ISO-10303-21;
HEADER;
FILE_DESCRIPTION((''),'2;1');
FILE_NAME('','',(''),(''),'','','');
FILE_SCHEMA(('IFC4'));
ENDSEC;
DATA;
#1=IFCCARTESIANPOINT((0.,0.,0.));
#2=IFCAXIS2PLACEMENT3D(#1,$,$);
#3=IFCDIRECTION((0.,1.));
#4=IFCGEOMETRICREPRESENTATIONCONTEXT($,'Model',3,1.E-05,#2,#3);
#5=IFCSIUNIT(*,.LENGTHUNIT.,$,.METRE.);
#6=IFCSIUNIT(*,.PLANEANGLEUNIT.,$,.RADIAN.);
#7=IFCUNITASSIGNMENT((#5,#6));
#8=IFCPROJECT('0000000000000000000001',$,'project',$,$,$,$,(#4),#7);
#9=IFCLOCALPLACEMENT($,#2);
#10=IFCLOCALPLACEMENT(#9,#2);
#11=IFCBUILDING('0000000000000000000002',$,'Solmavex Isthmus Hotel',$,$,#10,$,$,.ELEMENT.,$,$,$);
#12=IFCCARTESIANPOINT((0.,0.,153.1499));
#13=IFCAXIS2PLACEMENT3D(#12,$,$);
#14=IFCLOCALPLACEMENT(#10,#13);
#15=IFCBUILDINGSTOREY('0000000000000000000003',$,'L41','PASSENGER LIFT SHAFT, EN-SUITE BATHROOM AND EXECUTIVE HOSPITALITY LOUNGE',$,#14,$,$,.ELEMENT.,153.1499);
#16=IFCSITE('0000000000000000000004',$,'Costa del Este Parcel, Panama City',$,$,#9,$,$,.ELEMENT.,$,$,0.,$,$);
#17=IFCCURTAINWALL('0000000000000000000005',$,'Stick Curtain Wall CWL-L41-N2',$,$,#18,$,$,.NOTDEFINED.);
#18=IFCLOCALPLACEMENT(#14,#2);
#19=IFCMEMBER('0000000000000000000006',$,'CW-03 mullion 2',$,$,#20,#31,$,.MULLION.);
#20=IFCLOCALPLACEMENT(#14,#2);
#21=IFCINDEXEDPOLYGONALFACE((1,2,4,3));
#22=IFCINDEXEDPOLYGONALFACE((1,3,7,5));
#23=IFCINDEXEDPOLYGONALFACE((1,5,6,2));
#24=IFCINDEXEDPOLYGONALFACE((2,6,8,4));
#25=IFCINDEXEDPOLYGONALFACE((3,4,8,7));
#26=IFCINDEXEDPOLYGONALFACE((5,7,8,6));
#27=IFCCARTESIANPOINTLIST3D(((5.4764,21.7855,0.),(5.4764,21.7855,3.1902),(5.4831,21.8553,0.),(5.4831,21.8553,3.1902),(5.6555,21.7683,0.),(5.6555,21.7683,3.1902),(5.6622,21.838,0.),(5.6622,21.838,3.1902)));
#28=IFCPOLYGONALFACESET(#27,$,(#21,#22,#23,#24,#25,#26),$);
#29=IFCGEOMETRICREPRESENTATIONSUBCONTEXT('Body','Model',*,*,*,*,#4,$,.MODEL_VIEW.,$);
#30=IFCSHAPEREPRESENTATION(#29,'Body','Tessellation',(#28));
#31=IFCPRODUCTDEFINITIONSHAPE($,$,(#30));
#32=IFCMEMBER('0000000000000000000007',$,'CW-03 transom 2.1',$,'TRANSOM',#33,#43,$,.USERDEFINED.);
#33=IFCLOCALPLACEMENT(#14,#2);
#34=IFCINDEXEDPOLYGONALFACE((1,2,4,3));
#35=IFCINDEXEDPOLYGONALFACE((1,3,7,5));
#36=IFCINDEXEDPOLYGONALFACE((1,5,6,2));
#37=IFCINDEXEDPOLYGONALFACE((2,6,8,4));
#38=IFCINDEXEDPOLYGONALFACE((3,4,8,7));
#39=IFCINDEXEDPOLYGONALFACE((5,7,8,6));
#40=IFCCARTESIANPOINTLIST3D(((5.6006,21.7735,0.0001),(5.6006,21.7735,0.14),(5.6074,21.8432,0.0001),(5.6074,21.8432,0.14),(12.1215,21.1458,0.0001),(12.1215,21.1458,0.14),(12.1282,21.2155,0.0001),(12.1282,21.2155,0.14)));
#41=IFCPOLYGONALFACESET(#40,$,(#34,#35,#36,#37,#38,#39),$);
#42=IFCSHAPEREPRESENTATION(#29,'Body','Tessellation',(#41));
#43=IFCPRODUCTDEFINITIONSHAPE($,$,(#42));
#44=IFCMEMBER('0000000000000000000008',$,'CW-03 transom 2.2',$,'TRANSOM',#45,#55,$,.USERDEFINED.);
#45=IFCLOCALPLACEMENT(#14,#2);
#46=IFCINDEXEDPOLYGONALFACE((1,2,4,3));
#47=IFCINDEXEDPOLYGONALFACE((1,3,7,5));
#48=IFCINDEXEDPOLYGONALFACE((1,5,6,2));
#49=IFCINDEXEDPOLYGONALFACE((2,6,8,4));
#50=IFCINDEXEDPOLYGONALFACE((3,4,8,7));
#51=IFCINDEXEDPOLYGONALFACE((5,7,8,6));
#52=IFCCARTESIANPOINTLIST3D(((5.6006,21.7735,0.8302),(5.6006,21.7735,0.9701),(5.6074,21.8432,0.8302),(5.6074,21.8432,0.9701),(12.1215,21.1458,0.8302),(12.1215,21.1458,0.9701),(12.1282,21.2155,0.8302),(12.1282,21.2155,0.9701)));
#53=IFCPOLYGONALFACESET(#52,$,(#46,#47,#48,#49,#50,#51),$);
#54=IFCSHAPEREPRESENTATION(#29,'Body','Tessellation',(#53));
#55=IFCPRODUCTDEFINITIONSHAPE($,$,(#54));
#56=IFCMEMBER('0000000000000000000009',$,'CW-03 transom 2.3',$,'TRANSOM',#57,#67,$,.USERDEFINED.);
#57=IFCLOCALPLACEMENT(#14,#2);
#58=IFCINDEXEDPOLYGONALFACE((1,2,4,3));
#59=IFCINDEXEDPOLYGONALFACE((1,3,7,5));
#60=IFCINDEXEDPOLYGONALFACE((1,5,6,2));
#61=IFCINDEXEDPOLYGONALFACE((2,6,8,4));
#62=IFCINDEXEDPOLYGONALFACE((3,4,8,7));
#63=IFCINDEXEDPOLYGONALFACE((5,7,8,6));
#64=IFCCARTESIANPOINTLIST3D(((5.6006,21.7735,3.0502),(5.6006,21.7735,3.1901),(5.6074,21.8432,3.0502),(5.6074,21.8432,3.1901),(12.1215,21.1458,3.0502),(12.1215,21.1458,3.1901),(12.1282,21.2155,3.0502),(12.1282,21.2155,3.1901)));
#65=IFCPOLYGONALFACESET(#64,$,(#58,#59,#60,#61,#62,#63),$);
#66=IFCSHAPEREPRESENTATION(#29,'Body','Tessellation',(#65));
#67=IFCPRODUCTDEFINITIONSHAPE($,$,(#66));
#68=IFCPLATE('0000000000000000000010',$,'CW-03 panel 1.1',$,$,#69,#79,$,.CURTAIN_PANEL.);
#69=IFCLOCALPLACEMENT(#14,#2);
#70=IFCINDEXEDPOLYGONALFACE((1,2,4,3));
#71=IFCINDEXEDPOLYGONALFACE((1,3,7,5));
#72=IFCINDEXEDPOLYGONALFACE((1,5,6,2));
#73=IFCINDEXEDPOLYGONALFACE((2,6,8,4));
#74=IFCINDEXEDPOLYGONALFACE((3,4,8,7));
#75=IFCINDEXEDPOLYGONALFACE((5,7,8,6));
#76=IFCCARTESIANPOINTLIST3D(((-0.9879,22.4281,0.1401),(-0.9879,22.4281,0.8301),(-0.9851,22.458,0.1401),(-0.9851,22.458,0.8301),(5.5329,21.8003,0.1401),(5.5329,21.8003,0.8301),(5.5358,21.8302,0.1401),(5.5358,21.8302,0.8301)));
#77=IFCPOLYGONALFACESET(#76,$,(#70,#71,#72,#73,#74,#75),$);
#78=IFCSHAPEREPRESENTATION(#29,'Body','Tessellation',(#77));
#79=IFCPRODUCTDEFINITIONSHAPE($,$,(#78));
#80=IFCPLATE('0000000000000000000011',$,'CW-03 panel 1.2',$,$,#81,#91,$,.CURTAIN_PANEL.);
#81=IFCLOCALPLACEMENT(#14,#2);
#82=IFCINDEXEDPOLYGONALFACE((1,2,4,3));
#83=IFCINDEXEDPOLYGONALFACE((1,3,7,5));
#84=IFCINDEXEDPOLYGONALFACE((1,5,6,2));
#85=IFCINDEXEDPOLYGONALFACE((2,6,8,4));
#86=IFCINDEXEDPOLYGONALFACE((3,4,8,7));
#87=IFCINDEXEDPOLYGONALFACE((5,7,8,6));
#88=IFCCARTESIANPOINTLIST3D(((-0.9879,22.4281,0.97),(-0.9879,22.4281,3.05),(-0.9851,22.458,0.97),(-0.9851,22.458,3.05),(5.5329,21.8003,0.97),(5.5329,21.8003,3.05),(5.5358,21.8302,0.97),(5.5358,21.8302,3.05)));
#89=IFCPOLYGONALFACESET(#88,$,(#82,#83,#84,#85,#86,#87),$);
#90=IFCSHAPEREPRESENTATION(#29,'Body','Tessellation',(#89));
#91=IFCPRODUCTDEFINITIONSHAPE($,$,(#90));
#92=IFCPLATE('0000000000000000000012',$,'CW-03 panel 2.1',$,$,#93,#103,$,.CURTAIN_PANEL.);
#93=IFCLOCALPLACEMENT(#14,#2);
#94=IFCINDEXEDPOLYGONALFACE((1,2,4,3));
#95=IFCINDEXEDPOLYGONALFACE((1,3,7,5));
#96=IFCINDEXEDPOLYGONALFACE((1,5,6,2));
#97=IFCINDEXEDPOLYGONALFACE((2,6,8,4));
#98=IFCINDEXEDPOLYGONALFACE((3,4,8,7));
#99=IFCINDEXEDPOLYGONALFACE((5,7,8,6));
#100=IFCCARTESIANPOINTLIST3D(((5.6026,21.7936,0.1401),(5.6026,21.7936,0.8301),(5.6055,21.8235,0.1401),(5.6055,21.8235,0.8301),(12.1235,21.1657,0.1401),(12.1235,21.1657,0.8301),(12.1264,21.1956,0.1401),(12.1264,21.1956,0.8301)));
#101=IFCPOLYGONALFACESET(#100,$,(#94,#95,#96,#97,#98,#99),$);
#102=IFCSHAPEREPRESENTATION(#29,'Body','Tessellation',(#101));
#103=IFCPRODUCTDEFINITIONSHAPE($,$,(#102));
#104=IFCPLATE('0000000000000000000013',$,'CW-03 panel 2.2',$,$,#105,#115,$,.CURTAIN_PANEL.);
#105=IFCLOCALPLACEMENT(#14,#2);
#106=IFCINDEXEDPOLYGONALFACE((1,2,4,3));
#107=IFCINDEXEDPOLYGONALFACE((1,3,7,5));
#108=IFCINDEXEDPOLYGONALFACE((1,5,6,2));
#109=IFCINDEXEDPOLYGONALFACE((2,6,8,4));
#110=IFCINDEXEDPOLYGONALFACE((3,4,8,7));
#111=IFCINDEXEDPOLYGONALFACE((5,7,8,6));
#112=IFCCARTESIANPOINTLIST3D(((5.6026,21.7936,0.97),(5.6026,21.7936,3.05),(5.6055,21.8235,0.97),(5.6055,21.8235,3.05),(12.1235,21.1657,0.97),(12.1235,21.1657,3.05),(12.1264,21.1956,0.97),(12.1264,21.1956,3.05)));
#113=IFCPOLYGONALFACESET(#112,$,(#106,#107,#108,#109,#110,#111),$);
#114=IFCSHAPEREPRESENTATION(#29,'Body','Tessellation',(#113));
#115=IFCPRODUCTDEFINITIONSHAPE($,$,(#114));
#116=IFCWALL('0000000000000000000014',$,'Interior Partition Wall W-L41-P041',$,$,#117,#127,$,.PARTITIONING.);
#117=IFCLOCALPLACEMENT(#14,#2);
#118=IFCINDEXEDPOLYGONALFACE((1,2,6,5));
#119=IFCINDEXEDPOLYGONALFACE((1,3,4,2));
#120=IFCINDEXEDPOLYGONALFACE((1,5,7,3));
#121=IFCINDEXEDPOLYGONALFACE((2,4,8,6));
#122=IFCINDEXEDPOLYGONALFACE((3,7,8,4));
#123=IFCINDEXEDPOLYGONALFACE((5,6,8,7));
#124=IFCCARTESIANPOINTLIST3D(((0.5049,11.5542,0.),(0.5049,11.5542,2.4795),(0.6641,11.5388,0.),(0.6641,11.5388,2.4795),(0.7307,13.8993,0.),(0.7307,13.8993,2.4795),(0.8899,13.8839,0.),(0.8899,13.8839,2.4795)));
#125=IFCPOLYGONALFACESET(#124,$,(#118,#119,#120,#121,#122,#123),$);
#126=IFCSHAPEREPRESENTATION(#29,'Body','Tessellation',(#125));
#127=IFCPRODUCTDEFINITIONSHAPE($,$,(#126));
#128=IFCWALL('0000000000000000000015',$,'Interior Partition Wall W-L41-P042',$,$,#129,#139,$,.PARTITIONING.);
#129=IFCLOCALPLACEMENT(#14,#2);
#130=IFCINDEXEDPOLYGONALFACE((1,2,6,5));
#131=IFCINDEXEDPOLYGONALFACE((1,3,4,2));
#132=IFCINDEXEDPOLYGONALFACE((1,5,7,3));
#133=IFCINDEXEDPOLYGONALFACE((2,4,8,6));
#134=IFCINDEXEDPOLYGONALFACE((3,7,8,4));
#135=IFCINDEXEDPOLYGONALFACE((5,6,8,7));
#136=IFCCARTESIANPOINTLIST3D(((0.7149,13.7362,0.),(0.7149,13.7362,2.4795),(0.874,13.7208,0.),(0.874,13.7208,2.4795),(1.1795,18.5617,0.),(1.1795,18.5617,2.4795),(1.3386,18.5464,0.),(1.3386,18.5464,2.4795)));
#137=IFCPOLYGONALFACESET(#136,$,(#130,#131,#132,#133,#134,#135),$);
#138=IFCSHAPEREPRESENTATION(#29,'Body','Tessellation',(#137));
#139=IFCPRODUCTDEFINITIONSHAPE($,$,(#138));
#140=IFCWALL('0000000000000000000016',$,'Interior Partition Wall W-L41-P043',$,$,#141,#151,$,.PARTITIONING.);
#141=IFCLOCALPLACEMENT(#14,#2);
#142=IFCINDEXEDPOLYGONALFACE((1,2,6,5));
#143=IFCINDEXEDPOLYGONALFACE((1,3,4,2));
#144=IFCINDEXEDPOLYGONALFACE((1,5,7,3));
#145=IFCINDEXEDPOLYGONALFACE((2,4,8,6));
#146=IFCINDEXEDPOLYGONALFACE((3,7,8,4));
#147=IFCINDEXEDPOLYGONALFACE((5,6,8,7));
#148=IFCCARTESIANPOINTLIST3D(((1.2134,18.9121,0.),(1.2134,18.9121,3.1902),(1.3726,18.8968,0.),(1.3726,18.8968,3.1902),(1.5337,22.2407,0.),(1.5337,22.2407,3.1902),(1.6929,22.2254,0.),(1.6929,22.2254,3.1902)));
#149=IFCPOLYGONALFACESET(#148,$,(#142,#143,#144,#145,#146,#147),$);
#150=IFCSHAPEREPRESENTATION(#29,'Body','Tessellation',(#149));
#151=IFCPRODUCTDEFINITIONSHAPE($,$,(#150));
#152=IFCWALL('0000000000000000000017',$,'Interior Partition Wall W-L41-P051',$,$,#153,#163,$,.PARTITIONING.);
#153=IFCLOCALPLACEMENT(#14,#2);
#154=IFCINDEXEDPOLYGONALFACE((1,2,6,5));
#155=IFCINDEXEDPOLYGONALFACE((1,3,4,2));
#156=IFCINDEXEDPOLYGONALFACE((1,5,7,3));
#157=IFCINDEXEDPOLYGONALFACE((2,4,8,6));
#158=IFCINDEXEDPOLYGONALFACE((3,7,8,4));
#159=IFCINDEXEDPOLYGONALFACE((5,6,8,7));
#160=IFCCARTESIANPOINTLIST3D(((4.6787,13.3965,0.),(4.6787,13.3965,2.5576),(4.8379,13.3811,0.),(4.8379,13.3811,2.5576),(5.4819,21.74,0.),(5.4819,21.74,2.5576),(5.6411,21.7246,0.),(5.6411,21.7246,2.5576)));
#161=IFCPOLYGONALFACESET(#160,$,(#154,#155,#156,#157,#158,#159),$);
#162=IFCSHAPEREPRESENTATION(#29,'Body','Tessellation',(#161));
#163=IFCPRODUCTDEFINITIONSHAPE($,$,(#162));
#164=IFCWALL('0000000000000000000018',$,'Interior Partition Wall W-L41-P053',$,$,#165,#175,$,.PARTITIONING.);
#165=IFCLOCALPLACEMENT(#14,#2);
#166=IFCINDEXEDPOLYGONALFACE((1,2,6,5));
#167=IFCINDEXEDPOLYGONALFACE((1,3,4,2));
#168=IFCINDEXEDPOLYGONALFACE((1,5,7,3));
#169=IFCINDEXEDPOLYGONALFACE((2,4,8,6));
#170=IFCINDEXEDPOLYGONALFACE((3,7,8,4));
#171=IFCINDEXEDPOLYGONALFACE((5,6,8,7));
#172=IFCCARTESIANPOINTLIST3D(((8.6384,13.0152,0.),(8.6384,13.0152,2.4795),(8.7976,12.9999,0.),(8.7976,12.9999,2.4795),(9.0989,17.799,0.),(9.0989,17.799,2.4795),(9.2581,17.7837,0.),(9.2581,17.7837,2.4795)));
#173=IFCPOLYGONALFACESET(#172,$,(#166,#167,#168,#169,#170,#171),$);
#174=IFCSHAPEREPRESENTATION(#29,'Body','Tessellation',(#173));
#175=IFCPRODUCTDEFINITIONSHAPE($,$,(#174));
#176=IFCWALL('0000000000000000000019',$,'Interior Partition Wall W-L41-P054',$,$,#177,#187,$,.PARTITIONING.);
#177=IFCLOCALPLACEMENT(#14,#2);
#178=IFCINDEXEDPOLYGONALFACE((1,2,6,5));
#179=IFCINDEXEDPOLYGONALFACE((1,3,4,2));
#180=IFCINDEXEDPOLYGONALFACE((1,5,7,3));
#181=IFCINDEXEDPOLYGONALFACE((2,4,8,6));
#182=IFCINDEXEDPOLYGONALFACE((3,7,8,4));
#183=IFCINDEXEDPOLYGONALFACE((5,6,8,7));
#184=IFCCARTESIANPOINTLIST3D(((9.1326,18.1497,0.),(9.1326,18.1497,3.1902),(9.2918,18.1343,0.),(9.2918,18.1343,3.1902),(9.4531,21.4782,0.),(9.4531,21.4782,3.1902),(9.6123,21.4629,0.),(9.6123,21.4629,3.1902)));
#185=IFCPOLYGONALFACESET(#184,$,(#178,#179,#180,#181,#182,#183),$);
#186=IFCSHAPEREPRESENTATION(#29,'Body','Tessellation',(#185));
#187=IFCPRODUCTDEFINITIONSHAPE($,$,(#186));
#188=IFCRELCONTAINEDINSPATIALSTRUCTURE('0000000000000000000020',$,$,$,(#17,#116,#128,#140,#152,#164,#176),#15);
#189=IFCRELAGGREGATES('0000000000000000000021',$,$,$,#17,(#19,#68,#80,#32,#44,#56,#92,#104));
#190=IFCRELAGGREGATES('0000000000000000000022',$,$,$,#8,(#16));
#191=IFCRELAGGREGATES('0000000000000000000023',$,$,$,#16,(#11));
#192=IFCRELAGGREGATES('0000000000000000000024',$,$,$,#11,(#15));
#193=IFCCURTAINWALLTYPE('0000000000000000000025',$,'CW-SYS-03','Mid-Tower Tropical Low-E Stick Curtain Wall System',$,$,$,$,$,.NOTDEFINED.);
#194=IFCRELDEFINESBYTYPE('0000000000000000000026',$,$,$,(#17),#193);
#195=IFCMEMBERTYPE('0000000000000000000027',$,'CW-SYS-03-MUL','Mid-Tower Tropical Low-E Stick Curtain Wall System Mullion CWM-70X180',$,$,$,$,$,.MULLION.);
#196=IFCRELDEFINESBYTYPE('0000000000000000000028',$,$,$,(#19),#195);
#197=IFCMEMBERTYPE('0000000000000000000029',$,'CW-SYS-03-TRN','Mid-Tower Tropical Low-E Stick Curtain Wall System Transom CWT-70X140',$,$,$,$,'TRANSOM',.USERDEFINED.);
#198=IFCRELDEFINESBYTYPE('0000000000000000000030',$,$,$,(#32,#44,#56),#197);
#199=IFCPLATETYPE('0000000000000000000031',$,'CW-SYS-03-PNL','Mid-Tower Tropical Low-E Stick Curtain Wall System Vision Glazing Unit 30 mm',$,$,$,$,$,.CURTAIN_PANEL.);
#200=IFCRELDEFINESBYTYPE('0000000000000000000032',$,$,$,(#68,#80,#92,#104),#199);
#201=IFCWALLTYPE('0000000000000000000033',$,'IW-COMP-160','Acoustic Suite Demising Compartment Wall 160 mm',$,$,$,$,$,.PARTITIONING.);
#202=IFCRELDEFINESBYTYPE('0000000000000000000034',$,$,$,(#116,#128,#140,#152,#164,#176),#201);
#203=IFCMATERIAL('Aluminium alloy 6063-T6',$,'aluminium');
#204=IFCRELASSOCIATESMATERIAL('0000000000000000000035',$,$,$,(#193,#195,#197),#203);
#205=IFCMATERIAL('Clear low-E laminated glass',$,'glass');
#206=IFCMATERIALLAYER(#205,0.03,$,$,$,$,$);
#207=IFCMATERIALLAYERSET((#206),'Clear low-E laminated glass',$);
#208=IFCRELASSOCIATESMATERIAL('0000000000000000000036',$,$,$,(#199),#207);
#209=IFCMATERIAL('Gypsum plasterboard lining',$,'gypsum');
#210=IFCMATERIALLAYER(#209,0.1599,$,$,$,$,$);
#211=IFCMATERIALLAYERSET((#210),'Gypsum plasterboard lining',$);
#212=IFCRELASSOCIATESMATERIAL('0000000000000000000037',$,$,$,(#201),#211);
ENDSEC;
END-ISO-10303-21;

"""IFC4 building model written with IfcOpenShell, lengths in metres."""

from ifc_helpers import new_model, si_unit, direction, frame, frame_2d, origin, origin_2d, place, context, subcontext, project, spatial, rectangle, extrude, material, layer, layer_set, material_profile, profile_set, type_object, element, aggregate, save


model = new_model("IFC4")

# Units and contexts
model_context = context("Model", 3, precision=1e-05, world=origin(), true_north=direction((0.0, 1.0)))
body_context = subcontext(model_context, "Body", "Model", "MODEL_VIEW")
ifc_project = project(units=[si_unit("LENGTHUNIT", "METRE"), si_unit("PLANEANGLEUNIT", "RADIAN")], contexts=[model_context])

# Site, building, storey
site_placement = place(None, origin())
site = spatial("IfcSite", under=ifc_project, at=site_placement, Name="Costa del Este Parcel, Panama City", CompositionType="ELEMENT", RefElevation=0.0)
building_placement = place(site_placement, origin())
building = spatial("IfcBuilding", under=site, at=building_placement, Name="Solmavex Isthmus Hotel", CompositionType="ELEMENT")
storey_placement = place(building_placement, frame((0.0, 0.0, 153.1499)))
storey = spatial("IfcBuildingStorey", under=building, at=storey_placement, Name="L41", Description="PASSENGER LIFT SHAFT, EN-SUITE BATHROOM AND EXECUTIVE HOSPITALITY LOUNGE", CompositionType="ELEMENT", Elevation=153.1499)

# Curtain wall, members, plates
ifc_material_1 = material(Name="Aluminium alloy 6063-T6", Category="aluminium")
curtain_wall_type = type_object("IfcCurtainWallType", Name="CW-SYS-03", Description="Mid-Tower Tropical Low-E Stick Curtain Wall System", PredefinedType="NOTDEFINED", material=ifc_material_1)
curtain_wall_placement = place(storey_placement, origin())
curtain_wall = element("IfcCurtainWall", 1, at=curtain_wall_placement, inside=storey, type_object=curtain_wall_type, Name="Stick Curtain Wall CWL-L41-N2", PredefinedType="NOTDEFINED")
ifc_material_profile_1 = material_profile(ifc_material_1, rectangle(XDim=0.0701, YDim=0.1799, at=origin_2d()), Name="CWM-70X180")
ifc_profile_set_1 = profile_set([ifc_material_profile_1], Name="Aluminium alloy 6063-T6")
member_type_1 = type_object("IfcMemberType", Name="CW-SYS-03-MUL", Description="Mid-Tower Tropical Low-E Stick Curtain Wall System Mullion CWM-70X180", PredefinedType="MULLION", material=ifc_profile_set_1)
member_1_placement = place(storey_placement, frame((5.5693, 21.8118, 0.0), z_axis=(0.0, 0.0, 1.0), x_axis=(0.095845, 0.995396, 0.0)))
member_1 = element("IfcMember", 2, at=member_1_placement, type_object=member_type_1, Name="CW-03 mullion 2", PredefinedType="MULLION", context=body_context, shape_type="SweptSolid", body=[
    extrude(rectangle(XDim=0.0701, YDim=0.1799, at=origin_2d()), origin(), (0.0, 0.0, 1.0), 3.1902),
])
ifc_material_profile_2 = material_profile(ifc_material_1, rectangle(XDim=0.0701, YDim=0.1399, at=origin_2d()), Name="CWT-70X140")
ifc_profile_set_2 = profile_set([ifc_material_profile_2], Name="Aluminium alloy 6063-T6")
member_type_2 = type_object("IfcMemberType", Name="CW-SYS-03-TRN", Description="Mid-Tower Tropical Low-E Stick Curtain Wall System Transom CWT-70X140", ElementType="TRANSOM", PredefinedType="USERDEFINED", material=ifc_profile_set_2)
member_2_placement = place(storey_placement, frame((5.604, 21.8083, 0.0701), z_axis=(0.995399, -0.095813, 0.0), x_axis=(0.095813, 0.995399, 0.0)))
member_2 = element("IfcMember", 3, at=member_2_placement, type_object=member_type_2, Name="CW-03 transom 2.1", ObjectType="TRANSOM", PredefinedType="USERDEFINED", context=body_context, shape_type="SweptSolid", body=[
    extrude(rectangle(XDim=0.0701, YDim=0.1399, at=origin_2d()), origin(), (0.0, 0.0, 1.0), 6.551),
])
member_3_placement = place(storey_placement, frame((5.604, 21.8083, 0.9001), z_axis=(0.995399, -0.095813, 0.0), x_axis=(0.095813, 0.995399, 0.0)))
member_3 = element("IfcMember", 4, at=member_3_placement, type_object=member_type_2, Name="CW-03 transom 2.2", ObjectType="TRANSOM", PredefinedType="USERDEFINED", context=body_context, shape_type="SweptSolid", body=[
    extrude(rectangle(XDim=0.0701, YDim=0.1399, at=origin_2d()), origin(), (0.0, 0.0, 1.0), 6.551),
])
member_4_placement = place(storey_placement, frame((5.604, 21.8083, 3.1201), z_axis=(0.995399, -0.095813, 0.0), x_axis=(0.095813, 0.995399, 0.0)))
member_4 = element("IfcMember", 5, at=member_4_placement, type_object=member_type_2, Name="CW-03 transom 2.3", ObjectType="TRANSOM", PredefinedType="USERDEFINED", context=body_context, shape_type="SweptSolid", body=[
    extrude(rectangle(XDim=0.0701, YDim=0.1399, at=origin_2d()), origin(), (0.0, 0.0, 1.0), 6.551),
])
ifc_material_2 = material(Name="Clear low-E laminated glass", Category="glass")
ifc_layer_1 = layer(ifc_material_2, 0.03)
ifc_layer_set_1 = layer_set([ifc_layer_1], Name="Clear low-E laminated glass")
plate_type = type_object("IfcPlateType", Name="CW-SYS-03-PNL", Description="Mid-Tower Tropical Low-E Stick Curtain Wall System Vision Glazing Unit 30 mm", PredefinedType="CURTAIN_PANEL", material=ifc_layer_set_1)
plate_1_placement = place(storey_placement, frame((2.2739, 22.1292, 0.1401), z_axis=(0.0, 0.0, 1.0), x_axis=(0.995396, -0.095845, 0.0)))
plate_1 = element("IfcPlate", 6, at=plate_1_placement, type_object=plate_type, Name="CW-03 panel 1.1", PredefinedType="CURTAIN_PANEL", context=body_context, shape_type="SweptSolid", body=[
    extrude(rectangle(XDim=6.551, YDim=0.03, at=origin_2d()), origin(), (0.0, 0.0, 1.0), 0.6899),
])
plate_2_placement = place(storey_placement, frame((2.2739, 22.1292, 0.97), z_axis=(0.0, 0.0, 1.0), x_axis=(0.995396, -0.095845, 0.0)))
plate_2 = element("IfcPlate", 7, at=plate_2_placement, type_object=plate_type, Name="CW-03 panel 1.2", PredefinedType="CURTAIN_PANEL", context=body_context, shape_type="SweptSolid", body=[
    extrude(rectangle(XDim=6.551, YDim=0.03, at=origin_2d()), origin(), (0.0, 0.0, 1.0), 2.0801),
])
plate_3_placement = place(storey_placement, frame((8.8645, 21.4946, 0.1401), z_axis=(0.0, 0.0, 1.0), x_axis=(0.995396, -0.095845, 0.0)))
plate_3 = element("IfcPlate", 8, at=plate_3_placement, type_object=plate_type, Name="CW-03 panel 2.1", PredefinedType="CURTAIN_PANEL", context=body_context, shape_type="SweptSolid", body=[
    extrude(rectangle(XDim=6.551, YDim=0.03, at=origin_2d()), origin(), (0.0, 0.0, 1.0), 0.6899),
])
plate_4_placement = place(storey_placement, frame((8.8645, 21.4946, 0.97), z_axis=(0.0, 0.0, 1.0), x_axis=(0.995396, -0.095845, 0.0)))
plate_4 = element("IfcPlate", 9, at=plate_4_placement, type_object=plate_type, Name="CW-03 panel 2.2", PredefinedType="CURTAIN_PANEL", context=body_context, shape_type="SweptSolid", body=[
    extrude(rectangle(XDim=6.551, YDim=0.03, at=origin_2d()), origin(), (0.0, 0.0, 1.0), 2.0801),
])
aggregate(curtain_wall, [member_1, plate_1, plate_2, member_2, member_3, member_4, plate_3, plate_4])

# Walls
ifc_material_3 = material(Name="Gypsum plasterboard lining", Category="gypsum")
ifc_layer_2 = layer(ifc_material_3, 0.1599)
ifc_layer_set_2 = layer_set([ifc_layer_2], Name="Gypsum plasterboard lining")
wall_type_1 = type_object("IfcWallType", Name="IW-COMP-160", Description="Acoustic Suite Demising Compartment Wall 160 mm", PredefinedType="PARTITIONING", material=ifc_layer_set_2)
wall_1_placement = place(storey_placement, frame((0.8103, 13.8916, 0.0), z_axis=(0.0, 0.0, 1.0), x_axis=(-0.095851, -0.995396, 0.0)))
element("IfcWall", 10, at=wall_1_placement, inside=storey, type_object=wall_type_1, Name="Interior Partition Wall W-L41-P041", PredefinedType="PARTITIONING", context=body_context, shape_type="SweptSolid", body=[
    extrude(rectangle(XDim=2.356, YDim=0.1599, at=frame_2d((1.178, 0.0))), origin(), (0.0, 0.0, 1.0), 2.4795),
])
wall_2_placement = place(storey_placement, frame((1.259, 18.554, 0.0), z_axis=(0.0, 0.0, 1.0), x_axis=(-0.095833, -0.995397, 0.0)))
element("IfcWall", 11, at=wall_2_placement, inside=storey, type_object=wall_type_1, Name="Interior Partition Wall W-L41-P042", PredefinedType="PARTITIONING", context=body_context, shape_type="SweptSolid", body=[
    extrude(rectangle(XDim=4.8479, YDim=0.1599, at=frame_2d((2.4238, 0.0))), origin(), (0.0, 0.0, 1.0), 2.4795),
])
wall_3_placement = place(storey_placement, frame((1.6133, 22.2329, 0.0), z_axis=(0.0, 0.0, 1.0), x_axis=(-0.095788, -0.995402, 0.0)))
element("IfcWall", 12, at=wall_3_placement, inside=storey, type_object=wall_type_1, Name="Interior Partition Wall W-L41-P043", PredefinedType="PARTITIONING", context=body_context, shape_type="SweptSolid", body=[
    extrude(rectangle(XDim=3.344, YDim=0.1599, at=frame_2d((1.6719, 0.0))), origin(), (0.0, 0.0, 1.0), 3.1902),
])

# Walls
wall_4_placement = place(storey_placement, frame((5.5615, 21.7322, 0.0), z_axis=(0.0, 0.0, 1.0), x_axis=(-0.095826, -0.995398, 0.0)))
element("IfcWall", 13, at=wall_4_placement, inside=storey, type_object=wall_type_1, Name="Interior Partition Wall W-L41-P051", PredefinedType="PARTITIONING", context=body_context, shape_type="SweptSolid", body=[
    extrude(rectangle(XDim=8.3821, YDim=0.1599, at=frame_2d((4.1909, 0.0))), origin(), (0.0, 0.0, 1.0), 2.5576),
])
wall_5_placement = place(storey_placement, frame((9.1785, 17.7913, 0.0), z_axis=(0.0, 0.0, 1.0), x_axis=(-0.095811, -0.9954, 0.0)))
element("IfcWall", 14, at=wall_5_placement, inside=storey, type_object=wall_type_1, Name="Interior Partition Wall W-L41-P053", PredefinedType="PARTITIONING", context=body_context, shape_type="SweptSolid", body=[
    extrude(rectangle(XDim=4.8059, YDim=0.1599, at=frame_2d((2.4028, 0.0))), origin(), (0.0, 0.0, 1.0), 2.4795),
])
wall_6_placement = place(storey_placement, frame((9.5327, 21.4705, 0.0), z_axis=(0.0, 0.0, 1.0), x_axis=(-0.09586, -0.995395, 0.0)))
element("IfcWall", 15, at=wall_6_placement, inside=storey, type_object=wall_type_1, Name="Interior Partition Wall W-L41-P054", PredefinedType="PARTITIONING", context=body_context, shape_type="SweptSolid", body=[
    extrude(rectangle(XDim=3.344, YDim=0.1599, at=frame_2d((1.6719, 0.0))), origin(), (0.0, 0.0, 1.0), 3.1902),
])

save(model, "model.ifc")
